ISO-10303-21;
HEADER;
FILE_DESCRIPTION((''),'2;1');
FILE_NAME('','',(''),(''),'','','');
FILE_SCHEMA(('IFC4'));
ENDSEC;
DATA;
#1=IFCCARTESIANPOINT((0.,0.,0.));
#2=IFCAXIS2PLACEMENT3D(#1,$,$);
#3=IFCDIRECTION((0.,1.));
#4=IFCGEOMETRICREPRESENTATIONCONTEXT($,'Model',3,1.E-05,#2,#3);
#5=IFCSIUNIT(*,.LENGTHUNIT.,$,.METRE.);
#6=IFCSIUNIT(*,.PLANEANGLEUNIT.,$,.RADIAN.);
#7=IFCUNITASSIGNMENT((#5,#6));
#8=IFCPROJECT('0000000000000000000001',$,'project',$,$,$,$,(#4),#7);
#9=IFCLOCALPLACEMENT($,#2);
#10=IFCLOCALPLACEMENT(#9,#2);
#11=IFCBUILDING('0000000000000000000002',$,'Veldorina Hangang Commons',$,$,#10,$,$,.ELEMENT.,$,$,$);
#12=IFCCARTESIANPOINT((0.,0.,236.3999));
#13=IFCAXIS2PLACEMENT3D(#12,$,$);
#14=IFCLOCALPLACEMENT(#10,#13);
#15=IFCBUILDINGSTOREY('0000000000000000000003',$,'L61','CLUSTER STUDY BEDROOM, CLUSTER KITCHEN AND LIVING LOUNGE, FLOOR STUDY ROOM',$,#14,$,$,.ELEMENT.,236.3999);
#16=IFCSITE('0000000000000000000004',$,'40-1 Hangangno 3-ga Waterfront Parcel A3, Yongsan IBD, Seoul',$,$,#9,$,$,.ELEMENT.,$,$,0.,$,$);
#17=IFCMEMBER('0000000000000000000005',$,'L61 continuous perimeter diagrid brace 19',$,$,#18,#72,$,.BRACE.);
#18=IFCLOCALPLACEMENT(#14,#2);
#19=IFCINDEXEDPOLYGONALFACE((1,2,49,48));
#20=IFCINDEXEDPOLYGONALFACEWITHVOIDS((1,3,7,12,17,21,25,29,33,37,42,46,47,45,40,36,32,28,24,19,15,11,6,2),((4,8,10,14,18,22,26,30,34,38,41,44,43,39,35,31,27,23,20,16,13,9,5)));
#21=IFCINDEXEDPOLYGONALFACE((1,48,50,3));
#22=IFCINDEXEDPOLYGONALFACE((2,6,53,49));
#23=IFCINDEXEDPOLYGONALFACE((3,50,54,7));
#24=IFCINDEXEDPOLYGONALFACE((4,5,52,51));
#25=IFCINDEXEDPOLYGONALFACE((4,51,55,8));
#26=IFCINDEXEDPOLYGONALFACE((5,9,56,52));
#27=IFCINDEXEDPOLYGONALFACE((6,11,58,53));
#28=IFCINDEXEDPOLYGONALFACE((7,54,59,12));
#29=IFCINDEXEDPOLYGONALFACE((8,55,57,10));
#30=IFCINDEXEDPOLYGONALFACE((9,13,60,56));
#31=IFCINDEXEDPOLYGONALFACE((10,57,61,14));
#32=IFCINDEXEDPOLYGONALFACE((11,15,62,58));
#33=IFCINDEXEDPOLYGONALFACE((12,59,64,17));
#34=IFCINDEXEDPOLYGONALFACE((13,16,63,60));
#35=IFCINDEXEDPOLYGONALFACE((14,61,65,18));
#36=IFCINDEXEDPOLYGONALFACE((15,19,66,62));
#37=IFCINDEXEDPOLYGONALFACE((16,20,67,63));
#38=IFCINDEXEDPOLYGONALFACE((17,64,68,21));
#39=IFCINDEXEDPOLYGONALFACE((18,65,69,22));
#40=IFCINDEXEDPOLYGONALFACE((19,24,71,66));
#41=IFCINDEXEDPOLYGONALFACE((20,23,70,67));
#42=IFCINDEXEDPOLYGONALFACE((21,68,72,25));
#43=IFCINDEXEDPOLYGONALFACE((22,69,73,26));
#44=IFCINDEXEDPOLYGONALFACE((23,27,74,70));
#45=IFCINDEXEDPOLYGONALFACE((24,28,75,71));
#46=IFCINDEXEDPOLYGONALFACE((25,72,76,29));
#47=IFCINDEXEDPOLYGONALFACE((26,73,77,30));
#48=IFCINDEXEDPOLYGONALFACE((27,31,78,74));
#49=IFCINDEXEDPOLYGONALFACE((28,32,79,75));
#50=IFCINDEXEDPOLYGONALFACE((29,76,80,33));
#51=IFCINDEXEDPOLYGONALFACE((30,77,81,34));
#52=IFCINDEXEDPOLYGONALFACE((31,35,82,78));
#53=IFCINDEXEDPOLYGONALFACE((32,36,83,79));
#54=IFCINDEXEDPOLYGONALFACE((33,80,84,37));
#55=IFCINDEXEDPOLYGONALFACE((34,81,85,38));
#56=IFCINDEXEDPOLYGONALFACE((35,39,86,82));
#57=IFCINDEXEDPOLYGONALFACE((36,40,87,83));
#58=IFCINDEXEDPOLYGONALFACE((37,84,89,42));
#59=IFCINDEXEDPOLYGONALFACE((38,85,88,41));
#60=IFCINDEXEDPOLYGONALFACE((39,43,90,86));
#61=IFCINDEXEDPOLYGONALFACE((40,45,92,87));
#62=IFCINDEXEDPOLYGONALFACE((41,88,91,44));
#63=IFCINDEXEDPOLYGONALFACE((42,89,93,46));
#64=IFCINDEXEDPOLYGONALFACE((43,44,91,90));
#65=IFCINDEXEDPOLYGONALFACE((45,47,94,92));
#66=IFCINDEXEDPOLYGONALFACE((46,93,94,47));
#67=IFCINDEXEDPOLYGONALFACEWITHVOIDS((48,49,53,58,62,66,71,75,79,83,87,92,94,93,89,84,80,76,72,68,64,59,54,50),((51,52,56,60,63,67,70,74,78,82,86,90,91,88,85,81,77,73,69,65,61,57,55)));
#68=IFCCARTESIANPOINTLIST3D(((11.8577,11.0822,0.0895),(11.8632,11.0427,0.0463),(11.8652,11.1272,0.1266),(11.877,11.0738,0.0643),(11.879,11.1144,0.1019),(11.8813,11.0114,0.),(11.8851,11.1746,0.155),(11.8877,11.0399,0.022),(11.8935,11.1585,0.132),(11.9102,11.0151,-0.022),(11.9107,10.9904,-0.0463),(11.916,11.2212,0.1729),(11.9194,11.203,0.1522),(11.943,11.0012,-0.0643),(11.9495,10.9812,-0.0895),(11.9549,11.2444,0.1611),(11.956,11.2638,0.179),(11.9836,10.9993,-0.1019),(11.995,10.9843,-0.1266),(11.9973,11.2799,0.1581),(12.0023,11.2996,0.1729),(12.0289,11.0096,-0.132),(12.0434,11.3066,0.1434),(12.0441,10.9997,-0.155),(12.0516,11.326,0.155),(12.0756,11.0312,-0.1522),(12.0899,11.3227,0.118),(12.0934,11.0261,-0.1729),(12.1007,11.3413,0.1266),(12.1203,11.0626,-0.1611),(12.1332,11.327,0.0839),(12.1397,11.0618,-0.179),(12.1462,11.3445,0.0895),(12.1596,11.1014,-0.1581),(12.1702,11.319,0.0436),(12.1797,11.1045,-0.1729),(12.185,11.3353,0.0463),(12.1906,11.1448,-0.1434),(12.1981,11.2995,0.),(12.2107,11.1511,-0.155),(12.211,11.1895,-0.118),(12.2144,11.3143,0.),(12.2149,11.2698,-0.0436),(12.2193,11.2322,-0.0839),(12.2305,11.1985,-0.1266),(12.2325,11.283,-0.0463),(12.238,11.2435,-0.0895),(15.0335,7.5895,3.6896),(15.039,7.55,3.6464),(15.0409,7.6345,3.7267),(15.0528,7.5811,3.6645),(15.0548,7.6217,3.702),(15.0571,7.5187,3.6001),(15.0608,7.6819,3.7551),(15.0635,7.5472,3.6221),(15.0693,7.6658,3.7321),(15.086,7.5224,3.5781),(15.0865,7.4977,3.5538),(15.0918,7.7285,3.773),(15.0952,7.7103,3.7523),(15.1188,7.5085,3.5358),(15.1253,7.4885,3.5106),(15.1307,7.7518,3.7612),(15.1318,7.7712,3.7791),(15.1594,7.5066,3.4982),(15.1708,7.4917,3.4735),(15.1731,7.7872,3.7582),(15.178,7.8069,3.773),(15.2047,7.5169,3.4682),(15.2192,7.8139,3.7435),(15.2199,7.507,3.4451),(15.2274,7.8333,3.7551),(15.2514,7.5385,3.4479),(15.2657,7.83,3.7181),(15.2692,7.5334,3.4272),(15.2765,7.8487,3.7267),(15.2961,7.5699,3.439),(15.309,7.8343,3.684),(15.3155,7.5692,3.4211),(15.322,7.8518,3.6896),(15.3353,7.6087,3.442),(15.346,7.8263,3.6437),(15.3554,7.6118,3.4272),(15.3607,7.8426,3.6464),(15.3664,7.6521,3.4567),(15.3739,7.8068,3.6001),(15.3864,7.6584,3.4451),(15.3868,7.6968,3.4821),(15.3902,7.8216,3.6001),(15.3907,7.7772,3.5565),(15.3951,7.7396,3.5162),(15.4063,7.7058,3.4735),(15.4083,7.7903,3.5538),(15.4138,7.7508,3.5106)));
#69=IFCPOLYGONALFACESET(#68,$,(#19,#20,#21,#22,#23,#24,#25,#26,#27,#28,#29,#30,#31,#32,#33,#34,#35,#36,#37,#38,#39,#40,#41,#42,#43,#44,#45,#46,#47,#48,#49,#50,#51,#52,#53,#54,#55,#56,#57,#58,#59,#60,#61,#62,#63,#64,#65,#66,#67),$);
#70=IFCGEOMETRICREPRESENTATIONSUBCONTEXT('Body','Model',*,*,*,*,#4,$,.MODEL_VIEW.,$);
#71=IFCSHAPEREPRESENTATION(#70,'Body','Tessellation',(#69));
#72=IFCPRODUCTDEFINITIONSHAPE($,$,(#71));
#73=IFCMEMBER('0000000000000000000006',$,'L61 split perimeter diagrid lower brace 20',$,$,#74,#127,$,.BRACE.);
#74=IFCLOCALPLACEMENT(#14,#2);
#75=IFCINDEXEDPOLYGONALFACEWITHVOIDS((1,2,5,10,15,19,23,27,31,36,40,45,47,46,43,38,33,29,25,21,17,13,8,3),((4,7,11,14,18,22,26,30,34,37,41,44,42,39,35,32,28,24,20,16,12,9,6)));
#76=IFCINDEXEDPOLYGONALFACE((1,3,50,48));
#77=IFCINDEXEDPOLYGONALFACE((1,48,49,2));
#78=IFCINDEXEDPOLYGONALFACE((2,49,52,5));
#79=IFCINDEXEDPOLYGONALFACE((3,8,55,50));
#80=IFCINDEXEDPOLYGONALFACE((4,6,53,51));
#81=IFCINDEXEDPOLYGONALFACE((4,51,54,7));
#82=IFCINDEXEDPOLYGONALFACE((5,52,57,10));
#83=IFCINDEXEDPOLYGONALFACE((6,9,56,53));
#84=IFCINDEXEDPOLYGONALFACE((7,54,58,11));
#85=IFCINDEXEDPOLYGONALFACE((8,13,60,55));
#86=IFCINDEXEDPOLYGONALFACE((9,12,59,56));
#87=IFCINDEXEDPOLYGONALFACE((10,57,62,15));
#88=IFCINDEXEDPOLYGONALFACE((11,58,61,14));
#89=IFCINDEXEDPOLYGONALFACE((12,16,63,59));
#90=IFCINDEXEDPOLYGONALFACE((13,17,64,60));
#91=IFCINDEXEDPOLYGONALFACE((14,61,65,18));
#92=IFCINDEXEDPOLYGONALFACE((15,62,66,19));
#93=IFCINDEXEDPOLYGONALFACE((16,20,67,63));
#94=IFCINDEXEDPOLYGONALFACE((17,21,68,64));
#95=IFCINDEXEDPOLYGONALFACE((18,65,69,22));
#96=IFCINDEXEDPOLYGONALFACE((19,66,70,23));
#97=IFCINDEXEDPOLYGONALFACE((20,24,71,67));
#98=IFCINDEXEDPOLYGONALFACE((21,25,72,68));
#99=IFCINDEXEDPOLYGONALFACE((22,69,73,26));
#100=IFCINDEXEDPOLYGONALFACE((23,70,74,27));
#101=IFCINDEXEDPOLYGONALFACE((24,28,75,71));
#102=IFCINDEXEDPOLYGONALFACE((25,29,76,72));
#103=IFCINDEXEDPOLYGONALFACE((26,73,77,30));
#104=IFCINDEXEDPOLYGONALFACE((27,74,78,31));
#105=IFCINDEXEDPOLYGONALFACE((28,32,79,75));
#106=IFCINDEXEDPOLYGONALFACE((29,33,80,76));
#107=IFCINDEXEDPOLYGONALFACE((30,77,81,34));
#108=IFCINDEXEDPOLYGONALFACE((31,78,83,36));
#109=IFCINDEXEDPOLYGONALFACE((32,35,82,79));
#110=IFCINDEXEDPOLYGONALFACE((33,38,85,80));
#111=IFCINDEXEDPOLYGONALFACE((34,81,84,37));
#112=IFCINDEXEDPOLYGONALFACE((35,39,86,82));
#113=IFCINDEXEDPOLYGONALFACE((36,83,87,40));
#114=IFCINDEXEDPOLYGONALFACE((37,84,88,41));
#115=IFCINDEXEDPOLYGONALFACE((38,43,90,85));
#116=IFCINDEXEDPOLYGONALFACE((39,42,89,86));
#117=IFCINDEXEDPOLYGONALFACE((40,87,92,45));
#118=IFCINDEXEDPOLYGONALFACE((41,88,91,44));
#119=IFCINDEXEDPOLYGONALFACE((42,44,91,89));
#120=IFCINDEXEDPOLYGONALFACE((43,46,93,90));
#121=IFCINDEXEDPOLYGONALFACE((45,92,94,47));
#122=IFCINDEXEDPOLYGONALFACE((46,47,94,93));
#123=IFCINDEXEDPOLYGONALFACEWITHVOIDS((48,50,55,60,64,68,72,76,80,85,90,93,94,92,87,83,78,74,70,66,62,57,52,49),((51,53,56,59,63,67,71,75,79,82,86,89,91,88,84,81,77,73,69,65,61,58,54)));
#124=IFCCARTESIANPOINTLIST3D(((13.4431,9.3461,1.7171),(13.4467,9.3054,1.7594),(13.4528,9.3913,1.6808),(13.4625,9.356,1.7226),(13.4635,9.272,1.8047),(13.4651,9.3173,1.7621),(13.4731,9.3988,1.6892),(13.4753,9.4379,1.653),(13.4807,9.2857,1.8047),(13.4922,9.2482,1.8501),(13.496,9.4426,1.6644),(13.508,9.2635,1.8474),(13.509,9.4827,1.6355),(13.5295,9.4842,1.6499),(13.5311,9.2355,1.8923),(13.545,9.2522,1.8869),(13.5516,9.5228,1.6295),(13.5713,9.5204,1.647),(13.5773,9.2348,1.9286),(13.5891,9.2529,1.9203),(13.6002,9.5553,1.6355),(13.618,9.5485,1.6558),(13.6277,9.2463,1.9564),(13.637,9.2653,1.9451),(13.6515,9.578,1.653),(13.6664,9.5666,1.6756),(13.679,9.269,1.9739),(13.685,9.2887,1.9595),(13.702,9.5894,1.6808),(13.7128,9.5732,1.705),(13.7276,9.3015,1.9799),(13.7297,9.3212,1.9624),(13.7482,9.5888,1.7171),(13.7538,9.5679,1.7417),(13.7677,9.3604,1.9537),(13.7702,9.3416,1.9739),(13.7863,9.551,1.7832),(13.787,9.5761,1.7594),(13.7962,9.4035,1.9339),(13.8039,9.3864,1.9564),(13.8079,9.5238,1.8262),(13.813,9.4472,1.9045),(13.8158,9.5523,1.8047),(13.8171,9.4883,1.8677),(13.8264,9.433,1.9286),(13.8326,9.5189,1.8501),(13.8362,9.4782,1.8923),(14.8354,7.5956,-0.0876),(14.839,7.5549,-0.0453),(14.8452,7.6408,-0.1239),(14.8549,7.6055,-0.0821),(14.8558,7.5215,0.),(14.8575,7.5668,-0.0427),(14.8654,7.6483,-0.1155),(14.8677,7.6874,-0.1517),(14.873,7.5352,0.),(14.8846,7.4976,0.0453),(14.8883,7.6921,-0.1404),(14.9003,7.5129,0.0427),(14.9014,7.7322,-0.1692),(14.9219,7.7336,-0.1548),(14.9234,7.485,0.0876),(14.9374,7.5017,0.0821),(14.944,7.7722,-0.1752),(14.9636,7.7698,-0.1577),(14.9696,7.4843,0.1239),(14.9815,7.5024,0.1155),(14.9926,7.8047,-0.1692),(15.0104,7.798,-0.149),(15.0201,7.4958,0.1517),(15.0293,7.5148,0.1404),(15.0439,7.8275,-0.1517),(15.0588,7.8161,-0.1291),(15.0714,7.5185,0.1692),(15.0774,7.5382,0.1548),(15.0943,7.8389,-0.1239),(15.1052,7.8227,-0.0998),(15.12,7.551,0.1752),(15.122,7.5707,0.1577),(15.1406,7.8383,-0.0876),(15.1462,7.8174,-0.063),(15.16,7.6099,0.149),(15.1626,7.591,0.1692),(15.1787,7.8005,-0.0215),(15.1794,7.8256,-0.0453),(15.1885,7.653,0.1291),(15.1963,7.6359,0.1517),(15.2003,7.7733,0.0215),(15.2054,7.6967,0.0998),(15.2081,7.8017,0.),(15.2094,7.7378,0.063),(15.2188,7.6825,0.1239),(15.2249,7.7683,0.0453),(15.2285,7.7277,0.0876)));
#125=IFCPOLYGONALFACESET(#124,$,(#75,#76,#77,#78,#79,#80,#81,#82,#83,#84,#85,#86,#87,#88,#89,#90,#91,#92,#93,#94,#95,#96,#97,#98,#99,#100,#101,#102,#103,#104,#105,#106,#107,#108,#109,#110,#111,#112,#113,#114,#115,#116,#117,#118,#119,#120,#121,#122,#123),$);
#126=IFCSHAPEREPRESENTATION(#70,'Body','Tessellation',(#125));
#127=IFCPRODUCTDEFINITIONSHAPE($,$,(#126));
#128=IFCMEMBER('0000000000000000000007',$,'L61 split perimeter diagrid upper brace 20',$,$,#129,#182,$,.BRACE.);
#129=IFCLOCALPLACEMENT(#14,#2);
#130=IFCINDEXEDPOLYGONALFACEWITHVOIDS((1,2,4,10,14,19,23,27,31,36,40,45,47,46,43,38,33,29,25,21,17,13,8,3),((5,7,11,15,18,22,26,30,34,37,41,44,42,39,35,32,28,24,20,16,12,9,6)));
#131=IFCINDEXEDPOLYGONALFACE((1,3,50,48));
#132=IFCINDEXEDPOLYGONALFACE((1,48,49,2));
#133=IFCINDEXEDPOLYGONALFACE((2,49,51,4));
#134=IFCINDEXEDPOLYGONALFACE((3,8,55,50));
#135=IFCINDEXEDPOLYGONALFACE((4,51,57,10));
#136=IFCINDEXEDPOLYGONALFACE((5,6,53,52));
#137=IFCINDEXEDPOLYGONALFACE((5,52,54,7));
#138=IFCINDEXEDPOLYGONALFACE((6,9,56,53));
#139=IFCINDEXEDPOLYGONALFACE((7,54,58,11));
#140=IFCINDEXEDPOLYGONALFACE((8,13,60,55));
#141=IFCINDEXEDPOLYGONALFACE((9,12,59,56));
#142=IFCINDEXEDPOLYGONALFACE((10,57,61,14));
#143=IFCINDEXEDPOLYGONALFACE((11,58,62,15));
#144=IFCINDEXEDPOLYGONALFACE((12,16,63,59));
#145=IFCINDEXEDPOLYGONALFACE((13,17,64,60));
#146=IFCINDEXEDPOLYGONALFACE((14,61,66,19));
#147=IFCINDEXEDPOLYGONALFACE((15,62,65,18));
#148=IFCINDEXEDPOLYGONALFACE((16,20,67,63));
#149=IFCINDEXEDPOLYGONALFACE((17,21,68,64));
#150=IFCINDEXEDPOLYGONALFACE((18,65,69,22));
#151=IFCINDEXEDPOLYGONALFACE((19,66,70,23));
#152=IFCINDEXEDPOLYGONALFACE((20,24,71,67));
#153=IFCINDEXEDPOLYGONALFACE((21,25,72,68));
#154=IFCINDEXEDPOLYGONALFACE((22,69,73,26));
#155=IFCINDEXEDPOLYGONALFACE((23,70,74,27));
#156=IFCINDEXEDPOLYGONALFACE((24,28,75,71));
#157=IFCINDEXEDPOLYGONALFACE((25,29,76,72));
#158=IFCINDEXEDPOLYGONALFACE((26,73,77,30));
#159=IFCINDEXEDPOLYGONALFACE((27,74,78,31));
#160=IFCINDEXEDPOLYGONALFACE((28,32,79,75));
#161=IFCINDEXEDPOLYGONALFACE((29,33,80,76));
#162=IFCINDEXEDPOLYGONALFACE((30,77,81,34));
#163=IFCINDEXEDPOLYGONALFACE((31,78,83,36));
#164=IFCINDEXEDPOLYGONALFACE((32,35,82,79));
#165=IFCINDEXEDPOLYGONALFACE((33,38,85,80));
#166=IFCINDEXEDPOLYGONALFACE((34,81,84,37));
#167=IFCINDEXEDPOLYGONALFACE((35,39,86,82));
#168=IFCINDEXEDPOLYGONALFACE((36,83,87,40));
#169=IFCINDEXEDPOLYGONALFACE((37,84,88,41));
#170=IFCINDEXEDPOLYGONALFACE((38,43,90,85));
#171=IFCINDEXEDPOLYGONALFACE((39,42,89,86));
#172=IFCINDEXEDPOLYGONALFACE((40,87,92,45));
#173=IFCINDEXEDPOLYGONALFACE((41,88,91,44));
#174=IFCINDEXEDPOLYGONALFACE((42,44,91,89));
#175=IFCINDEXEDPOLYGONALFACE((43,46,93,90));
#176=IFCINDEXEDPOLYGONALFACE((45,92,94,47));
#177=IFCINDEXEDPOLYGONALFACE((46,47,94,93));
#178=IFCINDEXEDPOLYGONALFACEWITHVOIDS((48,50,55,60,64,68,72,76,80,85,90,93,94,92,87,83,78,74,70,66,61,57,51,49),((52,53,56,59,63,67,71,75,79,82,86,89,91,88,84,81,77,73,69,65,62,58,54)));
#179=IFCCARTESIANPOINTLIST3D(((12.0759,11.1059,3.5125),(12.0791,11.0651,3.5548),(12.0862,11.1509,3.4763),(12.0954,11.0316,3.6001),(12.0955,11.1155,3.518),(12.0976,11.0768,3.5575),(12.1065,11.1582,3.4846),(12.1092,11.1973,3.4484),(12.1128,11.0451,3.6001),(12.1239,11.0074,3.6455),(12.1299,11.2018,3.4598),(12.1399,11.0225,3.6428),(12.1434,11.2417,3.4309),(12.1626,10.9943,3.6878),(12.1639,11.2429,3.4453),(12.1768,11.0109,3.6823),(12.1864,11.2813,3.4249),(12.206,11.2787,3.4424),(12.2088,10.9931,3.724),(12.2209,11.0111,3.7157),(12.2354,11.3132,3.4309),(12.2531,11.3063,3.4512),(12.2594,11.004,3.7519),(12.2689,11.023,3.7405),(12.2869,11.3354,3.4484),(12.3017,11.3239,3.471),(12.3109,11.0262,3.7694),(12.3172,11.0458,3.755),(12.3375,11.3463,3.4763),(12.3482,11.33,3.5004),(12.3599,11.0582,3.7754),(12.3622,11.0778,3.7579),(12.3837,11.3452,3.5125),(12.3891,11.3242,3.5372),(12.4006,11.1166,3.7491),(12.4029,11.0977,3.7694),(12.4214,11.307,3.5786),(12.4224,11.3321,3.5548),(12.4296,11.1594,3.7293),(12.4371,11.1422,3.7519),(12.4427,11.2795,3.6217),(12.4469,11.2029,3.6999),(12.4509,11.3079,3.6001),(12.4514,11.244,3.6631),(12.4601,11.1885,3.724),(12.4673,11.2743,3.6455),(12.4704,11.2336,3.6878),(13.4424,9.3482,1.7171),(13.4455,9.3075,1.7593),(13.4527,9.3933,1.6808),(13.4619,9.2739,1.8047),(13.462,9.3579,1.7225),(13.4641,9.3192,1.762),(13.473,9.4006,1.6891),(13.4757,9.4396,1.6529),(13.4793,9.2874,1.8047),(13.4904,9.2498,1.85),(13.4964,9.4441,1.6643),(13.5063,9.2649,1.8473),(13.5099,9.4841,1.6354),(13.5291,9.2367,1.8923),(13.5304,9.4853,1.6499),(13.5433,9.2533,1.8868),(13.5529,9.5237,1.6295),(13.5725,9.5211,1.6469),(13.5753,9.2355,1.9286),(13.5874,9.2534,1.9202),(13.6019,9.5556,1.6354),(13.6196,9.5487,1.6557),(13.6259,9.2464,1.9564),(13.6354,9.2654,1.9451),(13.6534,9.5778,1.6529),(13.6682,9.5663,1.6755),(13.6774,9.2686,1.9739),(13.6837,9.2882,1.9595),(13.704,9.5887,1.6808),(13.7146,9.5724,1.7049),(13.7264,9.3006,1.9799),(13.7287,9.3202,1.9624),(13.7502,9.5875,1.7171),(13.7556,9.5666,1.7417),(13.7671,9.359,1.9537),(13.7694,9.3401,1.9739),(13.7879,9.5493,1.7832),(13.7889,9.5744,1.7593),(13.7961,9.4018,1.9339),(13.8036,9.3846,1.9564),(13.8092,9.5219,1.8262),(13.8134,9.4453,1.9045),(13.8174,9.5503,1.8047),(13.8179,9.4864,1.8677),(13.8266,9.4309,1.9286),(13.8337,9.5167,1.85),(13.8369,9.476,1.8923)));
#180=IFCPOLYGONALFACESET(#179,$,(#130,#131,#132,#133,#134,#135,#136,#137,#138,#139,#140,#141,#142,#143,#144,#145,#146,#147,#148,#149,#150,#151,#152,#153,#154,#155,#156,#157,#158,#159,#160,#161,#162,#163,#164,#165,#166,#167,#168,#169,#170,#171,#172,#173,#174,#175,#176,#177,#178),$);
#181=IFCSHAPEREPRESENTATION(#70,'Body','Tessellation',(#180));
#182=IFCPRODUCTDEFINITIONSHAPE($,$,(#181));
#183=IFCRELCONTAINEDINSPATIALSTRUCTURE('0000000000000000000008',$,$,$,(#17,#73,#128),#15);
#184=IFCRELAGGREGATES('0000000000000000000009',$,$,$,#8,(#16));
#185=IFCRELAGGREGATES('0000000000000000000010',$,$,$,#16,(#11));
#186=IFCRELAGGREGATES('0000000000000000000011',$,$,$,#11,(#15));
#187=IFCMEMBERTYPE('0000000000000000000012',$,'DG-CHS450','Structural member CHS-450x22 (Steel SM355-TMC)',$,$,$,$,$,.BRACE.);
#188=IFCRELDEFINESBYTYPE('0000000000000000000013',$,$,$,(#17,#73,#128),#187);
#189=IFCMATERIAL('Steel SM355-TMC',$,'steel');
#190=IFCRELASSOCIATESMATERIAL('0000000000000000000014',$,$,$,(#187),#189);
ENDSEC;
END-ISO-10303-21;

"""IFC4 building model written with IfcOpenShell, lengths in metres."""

from ifc_helpers import new_model, si_unit, direction, frame, origin, origin_2d, place, context, subcontext, project, spatial, hollow_circle, extrude, material, material_profile, profile_set, type_object, element, save


model = new_model("IFC4")

# Units and contexts
model_context = context("Model", 3, precision=1e-05, world=origin(), true_north=direction((0.0, 1.0)))
body_context = subcontext(model_context, "Body", "Model", "MODEL_VIEW")
ifc_project = project(units=[si_unit("LENGTHUNIT", "METRE"), si_unit("PLANEANGLEUNIT", "RADIAN")], contexts=[model_context])

# Site, building, storey
site_placement = place(None, origin())
site = spatial("IfcSite", under=ifc_project, at=site_placement, Name="40-1 Hangangno 3-ga Waterfront Parcel A3, Yongsan IBD, Seoul", CompositionType="ELEMENT", RefElevation=0.0)
building_placement = place(site_placement, origin())
building = spatial("IfcBuilding", under=site, at=building_placement, Name="Veldorina Hangang Commons", CompositionType="ELEMENT")
storey_placement = place(building_placement, frame((0.0, 0.0, 236.3999)))
storey = spatial("IfcBuildingStorey", under=building, at=storey_placement, Name="L61", Description="CLUSTER STUDY BEDROOM, CLUSTER KITCHEN AND LIVING LOUNGE, FLOOR STUDY ROOM", CompositionType="ELEMENT", Elevation=236.3999)

# Shared definitions
ifc_material_1 = material(Name="Steel SM355-TMC", Category="steel")

# Members
ifc_material_profile_1 = material_profile(ifc_material_1, hollow_circle(Radius=0.2251, WallThickness=0.022, at=origin_2d()), Name="CHS-450x22")
ifc_profile_set_1 = profile_set([ifc_material_profile_1], Name="Steel SM355-TMC")
member_type_1 = type_object("IfcMemberType", Name="DG-CHS450", Description="Structural member CHS-450x22 (Steel SM355-TMC)", PredefinedType="BRACE", material=ifc_profile_set_1)
member_1_placement = place(storey_placement, frame((12.0479, 11.1628, 0.0), z_axis=(0.534935, -0.588314, 0.606408), x_axis=(0.739875, 0.672745, 0.0)))
element("IfcMember", 1, at=member_1_placement, inside=storey, type_object=member_type_1, Name="L61 continuous perimeter diagrid brace 19", PredefinedType="BRACE", context=body_context, shape_type="SweptSolid", body=[
    extrude(hollow_circle(Radius=0.2251, WallThickness=0.022, at=origin_2d()), origin(), (0.0, 0.0, 1.0), 5.9368),
])
member_2_placement = place(storey_placement, frame((15.032, 7.6616, 0.0), z_axis=(-0.484464, 0.609084, 0.627942), x_axis=(-0.782623, -0.622496, 0.0)))
element("IfcMember", 2, at=member_2_placement, inside=storey, type_object=member_type_1, Name="L61 split perimeter diagrid lower brace 20", PredefinedType="BRACE", context=body_context, shape_type="SweptSolid", body=[
    extrude(hollow_circle(Radius=0.2251, WallThickness=0.022, at=origin_2d()), origin(), (0.0, 0.0, 1.0), 2.874),
])
member_3_placement = place(storey_placement, frame((13.6396, 9.4121, 1.8047), z_axis=(-0.477777, 0.614529, 0.62776), x_axis=(-0.78947, -0.613789, 0.0)))
element("IfcMember", 3, at=member_3_placement, inside=storey, type_object=member_type_1, Name="L61 split perimeter diagrid upper brace 20", PredefinedType="BRACE", context=body_context, shape_type="SweptSolid", body=[
    extrude(hollow_circle(Radius=0.2251, WallThickness=0.022, at=origin_2d()), origin(), (0.0, 0.0, 1.0), 2.8601),
])

save(model, "model.ifc")
